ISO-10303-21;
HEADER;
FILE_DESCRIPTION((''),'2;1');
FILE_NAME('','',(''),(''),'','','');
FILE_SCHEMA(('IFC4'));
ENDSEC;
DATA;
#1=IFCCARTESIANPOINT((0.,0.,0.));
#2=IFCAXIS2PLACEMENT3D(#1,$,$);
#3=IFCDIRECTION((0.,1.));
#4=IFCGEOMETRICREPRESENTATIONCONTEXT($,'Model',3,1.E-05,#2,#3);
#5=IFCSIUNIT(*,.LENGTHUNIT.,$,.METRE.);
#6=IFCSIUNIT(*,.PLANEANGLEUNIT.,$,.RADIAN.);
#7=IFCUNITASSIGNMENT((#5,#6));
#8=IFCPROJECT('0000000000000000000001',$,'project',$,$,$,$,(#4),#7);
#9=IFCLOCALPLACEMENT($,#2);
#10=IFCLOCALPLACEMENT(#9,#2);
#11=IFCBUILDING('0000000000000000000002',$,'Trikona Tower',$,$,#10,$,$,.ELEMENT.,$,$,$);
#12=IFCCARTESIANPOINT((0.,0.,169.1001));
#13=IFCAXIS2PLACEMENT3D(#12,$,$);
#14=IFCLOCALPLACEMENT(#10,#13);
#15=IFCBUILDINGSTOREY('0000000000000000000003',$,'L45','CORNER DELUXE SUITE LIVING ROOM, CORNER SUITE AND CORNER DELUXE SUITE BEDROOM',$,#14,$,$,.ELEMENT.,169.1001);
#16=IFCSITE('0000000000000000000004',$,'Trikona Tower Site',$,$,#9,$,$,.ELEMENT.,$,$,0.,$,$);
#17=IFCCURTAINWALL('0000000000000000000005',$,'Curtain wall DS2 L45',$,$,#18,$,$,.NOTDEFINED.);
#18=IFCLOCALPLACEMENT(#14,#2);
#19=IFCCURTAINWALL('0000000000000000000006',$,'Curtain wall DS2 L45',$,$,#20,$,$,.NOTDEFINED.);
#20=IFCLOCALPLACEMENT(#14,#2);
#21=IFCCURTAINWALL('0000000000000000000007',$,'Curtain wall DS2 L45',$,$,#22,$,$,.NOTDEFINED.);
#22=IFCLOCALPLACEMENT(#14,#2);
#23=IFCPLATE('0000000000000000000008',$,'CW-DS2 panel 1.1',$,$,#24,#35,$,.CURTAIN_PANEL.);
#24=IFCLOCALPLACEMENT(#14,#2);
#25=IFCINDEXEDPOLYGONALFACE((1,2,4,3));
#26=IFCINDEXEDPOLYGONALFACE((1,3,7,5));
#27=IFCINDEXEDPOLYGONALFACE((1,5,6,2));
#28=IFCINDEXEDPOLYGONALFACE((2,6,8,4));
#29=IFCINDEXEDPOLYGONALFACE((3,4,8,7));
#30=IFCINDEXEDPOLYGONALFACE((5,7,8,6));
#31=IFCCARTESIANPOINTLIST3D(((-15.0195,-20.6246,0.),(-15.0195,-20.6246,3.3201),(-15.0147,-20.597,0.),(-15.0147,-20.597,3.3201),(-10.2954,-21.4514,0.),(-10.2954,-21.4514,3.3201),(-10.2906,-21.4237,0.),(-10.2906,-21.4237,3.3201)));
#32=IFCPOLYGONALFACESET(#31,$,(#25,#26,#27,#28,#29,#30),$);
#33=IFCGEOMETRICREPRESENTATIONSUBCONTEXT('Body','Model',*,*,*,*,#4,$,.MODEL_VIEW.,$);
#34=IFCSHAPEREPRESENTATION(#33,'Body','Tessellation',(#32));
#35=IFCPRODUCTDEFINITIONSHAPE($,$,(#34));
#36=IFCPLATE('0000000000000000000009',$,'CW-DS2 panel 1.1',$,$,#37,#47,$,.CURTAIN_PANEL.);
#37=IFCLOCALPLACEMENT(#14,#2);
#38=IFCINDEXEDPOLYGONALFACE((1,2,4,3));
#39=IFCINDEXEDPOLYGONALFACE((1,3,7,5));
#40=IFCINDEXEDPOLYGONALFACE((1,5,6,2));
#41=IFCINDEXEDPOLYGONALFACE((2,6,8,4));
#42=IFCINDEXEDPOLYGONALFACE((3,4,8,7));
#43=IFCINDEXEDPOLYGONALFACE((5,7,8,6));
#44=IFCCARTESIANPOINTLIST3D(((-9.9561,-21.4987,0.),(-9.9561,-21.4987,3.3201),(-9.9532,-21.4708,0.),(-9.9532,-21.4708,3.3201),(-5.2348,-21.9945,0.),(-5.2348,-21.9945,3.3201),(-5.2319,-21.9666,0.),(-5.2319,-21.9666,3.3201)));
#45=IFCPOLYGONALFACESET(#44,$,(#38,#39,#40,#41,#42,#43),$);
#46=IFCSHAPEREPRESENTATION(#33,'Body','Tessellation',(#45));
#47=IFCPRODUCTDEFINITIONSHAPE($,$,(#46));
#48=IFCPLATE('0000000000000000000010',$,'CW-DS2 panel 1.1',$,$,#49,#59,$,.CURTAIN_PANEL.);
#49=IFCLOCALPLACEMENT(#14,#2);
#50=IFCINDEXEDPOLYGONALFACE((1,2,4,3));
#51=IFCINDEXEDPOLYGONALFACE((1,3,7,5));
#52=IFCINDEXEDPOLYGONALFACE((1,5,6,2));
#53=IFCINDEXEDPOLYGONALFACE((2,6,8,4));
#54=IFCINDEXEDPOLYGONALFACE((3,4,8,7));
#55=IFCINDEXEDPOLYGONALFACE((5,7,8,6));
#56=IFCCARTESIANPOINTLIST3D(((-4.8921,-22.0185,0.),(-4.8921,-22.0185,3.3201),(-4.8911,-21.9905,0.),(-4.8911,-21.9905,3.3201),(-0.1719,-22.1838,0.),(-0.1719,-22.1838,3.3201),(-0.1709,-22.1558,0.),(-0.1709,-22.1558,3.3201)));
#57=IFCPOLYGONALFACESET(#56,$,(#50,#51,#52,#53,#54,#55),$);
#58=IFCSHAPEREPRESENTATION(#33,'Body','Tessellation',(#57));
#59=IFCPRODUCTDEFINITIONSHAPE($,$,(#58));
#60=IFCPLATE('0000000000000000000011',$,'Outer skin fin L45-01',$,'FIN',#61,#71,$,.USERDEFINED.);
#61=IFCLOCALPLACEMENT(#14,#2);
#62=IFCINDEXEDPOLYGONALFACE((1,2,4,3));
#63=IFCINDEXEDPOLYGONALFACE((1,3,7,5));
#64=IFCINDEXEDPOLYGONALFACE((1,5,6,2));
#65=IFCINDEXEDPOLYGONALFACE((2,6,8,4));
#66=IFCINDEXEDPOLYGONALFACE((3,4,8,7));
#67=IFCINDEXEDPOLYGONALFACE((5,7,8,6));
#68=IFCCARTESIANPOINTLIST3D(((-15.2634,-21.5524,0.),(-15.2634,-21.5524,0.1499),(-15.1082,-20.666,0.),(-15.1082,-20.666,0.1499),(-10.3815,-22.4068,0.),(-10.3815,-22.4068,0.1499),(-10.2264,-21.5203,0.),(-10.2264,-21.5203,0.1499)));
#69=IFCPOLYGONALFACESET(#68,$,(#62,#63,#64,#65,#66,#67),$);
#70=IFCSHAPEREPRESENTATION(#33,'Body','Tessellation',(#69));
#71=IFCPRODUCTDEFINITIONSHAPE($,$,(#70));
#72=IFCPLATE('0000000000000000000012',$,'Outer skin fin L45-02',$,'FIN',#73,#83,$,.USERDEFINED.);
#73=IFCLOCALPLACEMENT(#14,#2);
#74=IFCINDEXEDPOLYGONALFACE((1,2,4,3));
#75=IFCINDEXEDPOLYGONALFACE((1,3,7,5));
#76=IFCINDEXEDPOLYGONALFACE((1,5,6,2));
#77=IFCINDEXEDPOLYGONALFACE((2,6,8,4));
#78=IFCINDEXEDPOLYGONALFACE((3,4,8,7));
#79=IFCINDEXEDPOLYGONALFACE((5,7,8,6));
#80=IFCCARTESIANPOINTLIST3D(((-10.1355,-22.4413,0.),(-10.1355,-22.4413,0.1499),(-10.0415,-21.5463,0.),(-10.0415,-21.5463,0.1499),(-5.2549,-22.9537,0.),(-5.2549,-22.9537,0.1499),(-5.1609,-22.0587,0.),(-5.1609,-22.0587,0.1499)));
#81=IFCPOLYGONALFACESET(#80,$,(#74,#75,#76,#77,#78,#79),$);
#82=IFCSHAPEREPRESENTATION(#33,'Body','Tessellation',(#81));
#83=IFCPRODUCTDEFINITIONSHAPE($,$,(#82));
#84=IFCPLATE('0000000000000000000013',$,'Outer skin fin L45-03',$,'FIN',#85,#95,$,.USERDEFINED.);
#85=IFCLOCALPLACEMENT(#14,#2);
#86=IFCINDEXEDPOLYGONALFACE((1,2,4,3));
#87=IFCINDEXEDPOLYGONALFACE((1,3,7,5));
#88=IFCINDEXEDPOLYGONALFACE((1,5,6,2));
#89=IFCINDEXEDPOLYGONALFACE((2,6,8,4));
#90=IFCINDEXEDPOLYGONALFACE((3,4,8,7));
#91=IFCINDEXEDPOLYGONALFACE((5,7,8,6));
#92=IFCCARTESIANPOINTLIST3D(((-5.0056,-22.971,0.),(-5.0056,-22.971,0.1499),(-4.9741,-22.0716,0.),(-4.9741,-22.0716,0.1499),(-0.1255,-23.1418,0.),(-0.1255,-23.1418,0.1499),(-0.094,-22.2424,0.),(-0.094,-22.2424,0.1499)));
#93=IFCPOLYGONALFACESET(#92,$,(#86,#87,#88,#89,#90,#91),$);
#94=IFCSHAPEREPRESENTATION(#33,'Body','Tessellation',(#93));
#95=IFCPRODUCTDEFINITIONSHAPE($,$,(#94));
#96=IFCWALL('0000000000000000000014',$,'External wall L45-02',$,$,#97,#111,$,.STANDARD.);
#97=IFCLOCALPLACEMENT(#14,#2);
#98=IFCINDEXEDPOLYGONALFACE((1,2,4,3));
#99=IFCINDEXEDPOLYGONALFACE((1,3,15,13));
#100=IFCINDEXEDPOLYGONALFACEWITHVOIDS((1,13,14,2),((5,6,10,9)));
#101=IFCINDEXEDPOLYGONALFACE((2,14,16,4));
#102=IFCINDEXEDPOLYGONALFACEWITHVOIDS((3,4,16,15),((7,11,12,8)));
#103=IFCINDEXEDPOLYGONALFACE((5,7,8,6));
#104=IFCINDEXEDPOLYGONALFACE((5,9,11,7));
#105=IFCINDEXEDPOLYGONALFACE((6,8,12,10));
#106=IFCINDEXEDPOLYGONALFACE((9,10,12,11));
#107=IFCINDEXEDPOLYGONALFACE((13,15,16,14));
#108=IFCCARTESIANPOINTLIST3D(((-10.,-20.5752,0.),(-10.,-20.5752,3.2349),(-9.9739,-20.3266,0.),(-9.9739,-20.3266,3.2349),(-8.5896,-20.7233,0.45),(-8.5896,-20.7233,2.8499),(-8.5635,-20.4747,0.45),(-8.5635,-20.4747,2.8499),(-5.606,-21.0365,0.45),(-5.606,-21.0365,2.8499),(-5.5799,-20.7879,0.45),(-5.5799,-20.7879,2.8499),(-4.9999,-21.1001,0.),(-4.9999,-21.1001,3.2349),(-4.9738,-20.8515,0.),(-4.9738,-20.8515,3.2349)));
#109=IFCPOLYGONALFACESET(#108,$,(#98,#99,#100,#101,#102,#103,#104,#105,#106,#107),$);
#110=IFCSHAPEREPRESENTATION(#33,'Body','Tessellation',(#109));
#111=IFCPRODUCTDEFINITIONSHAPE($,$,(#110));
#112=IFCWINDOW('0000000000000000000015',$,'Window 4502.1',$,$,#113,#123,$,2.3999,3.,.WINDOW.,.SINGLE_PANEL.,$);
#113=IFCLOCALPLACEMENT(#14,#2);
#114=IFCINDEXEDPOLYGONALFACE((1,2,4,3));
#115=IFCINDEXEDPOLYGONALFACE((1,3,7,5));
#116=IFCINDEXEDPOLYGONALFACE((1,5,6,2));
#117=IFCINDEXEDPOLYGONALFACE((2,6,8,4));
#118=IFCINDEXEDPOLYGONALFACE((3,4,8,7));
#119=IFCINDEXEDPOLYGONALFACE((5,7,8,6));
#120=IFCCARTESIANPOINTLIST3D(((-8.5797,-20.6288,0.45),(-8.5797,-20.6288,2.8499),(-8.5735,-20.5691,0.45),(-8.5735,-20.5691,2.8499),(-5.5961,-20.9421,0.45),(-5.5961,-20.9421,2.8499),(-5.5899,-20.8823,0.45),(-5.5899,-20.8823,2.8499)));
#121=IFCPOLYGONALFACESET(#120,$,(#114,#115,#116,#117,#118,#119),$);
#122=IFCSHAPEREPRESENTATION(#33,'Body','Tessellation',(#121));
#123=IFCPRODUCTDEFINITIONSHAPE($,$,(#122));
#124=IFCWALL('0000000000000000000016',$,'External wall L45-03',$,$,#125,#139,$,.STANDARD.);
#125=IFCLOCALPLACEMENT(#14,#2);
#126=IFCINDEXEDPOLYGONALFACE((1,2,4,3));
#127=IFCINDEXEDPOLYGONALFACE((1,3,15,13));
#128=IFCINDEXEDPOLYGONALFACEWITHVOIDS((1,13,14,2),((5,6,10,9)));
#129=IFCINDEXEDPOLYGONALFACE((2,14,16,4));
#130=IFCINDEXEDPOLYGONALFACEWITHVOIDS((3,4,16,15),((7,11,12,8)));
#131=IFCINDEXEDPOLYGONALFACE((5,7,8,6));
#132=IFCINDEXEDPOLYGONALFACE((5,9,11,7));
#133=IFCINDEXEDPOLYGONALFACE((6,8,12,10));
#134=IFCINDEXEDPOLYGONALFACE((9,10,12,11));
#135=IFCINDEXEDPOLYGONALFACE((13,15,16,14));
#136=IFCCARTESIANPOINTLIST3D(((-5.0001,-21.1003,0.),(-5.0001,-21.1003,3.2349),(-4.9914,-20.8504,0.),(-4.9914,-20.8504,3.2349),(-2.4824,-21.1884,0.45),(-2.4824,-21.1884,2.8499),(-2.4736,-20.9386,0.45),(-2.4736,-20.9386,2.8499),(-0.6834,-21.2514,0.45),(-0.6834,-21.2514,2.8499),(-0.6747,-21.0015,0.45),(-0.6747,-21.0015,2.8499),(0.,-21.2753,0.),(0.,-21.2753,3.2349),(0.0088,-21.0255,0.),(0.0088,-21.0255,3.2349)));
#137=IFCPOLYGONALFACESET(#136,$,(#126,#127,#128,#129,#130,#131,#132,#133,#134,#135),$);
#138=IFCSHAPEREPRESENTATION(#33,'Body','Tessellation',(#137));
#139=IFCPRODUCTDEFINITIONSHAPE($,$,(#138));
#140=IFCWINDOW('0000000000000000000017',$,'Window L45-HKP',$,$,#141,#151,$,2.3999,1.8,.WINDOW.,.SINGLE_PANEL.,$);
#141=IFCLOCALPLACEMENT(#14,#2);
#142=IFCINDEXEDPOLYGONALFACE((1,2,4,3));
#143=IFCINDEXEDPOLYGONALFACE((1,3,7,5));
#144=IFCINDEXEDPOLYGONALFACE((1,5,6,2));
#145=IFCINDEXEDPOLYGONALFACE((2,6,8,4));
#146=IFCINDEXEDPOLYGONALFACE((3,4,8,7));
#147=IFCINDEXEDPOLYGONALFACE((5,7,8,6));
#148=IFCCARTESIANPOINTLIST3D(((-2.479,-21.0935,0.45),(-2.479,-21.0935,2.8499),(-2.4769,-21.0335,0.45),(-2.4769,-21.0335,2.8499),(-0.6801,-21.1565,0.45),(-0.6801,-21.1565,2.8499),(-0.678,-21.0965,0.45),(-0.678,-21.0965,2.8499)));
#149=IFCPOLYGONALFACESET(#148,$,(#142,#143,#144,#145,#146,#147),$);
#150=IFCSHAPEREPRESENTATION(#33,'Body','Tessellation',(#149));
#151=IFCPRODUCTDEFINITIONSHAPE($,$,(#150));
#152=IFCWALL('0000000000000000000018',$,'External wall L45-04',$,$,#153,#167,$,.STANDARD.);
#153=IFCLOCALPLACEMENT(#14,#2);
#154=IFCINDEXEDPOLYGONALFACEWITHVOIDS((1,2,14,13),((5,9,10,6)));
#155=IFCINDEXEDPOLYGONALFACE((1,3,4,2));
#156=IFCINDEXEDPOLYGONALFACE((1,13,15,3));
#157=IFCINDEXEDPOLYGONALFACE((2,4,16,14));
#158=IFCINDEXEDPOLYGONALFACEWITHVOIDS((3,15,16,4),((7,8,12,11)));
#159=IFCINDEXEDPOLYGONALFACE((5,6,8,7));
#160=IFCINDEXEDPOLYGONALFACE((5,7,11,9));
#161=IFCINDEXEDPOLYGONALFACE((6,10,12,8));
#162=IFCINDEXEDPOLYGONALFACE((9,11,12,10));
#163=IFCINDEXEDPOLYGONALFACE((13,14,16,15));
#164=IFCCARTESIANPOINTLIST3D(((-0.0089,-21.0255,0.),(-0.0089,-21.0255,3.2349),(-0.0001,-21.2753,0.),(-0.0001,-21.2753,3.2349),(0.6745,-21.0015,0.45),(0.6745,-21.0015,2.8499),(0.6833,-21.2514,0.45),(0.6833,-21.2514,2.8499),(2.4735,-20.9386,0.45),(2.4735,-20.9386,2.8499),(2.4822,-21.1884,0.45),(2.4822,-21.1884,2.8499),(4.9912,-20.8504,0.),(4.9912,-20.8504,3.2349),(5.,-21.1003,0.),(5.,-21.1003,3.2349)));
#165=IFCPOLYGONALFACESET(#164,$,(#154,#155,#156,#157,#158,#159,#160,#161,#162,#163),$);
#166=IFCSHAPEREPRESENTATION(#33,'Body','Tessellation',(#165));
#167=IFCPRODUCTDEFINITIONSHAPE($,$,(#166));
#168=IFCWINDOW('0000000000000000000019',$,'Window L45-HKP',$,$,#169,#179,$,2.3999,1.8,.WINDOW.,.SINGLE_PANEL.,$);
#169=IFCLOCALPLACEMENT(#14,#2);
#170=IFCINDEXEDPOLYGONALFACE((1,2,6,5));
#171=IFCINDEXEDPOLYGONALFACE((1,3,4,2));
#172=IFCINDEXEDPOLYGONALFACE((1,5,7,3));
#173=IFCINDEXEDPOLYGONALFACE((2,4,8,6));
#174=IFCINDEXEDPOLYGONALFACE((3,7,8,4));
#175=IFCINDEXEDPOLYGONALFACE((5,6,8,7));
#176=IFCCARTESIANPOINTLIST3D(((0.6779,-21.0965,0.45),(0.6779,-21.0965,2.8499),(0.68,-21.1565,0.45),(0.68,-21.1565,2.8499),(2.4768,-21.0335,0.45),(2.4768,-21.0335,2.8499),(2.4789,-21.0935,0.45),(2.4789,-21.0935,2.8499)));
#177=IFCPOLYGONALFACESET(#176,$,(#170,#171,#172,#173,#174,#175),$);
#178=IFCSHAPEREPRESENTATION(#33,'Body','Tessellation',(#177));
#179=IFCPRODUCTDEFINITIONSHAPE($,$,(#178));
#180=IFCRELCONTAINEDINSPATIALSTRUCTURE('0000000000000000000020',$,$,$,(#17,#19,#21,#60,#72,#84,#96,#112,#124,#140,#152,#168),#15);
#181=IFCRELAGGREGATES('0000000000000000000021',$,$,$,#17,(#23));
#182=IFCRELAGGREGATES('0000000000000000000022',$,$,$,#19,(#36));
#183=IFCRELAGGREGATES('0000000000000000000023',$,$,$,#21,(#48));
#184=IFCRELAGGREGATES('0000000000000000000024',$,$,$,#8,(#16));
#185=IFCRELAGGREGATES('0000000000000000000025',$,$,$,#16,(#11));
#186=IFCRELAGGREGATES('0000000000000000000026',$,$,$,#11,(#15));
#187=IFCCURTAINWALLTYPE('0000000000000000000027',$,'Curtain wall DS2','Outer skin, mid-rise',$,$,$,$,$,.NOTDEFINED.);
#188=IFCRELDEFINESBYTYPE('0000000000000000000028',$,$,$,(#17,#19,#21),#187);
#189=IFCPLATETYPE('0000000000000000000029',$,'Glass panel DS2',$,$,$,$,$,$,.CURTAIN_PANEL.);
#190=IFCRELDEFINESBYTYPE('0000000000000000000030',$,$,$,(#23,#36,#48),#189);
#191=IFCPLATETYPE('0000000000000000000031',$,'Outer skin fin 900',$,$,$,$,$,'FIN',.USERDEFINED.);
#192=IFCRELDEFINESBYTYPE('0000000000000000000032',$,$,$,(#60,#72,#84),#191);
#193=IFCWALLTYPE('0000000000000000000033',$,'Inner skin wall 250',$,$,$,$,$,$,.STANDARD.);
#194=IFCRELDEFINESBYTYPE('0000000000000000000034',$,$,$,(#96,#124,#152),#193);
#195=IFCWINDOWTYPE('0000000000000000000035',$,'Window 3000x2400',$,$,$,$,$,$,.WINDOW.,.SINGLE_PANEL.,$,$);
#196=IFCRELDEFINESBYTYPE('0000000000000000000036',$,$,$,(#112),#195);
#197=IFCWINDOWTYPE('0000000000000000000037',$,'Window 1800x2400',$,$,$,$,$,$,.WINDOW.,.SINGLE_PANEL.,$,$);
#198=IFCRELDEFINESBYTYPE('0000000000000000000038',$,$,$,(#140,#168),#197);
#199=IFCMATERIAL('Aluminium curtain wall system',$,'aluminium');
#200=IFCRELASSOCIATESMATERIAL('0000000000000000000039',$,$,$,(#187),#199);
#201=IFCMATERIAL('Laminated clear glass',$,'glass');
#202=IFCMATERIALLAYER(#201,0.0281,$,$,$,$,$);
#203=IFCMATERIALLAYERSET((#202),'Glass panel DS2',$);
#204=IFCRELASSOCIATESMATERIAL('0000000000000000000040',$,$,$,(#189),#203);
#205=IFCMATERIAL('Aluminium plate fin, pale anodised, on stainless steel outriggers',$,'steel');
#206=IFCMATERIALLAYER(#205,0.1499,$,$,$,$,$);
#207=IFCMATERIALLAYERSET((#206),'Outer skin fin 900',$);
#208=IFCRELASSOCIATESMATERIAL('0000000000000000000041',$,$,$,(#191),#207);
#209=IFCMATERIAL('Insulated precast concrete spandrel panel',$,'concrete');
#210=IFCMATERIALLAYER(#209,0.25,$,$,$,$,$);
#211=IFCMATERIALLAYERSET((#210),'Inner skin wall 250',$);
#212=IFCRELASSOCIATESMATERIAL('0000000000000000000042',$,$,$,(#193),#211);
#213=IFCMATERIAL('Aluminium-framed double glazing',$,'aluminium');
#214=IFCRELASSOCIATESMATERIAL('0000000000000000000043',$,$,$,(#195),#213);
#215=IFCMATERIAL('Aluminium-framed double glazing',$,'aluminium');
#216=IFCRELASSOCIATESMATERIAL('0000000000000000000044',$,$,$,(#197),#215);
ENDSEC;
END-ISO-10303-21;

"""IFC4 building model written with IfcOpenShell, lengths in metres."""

from ifc_helpers import new_model, si_unit, direction, frame, frame_2d, origin, origin_2d, place, context, subcontext, project, spatial, rectangle, extrude, material, layer, layer_set, type_object, element, fill, aggregate, save


model = new_model("IFC4")

# Units and contexts
model_context = context("Model", 3, precision=1e-05, world=origin(), true_north=direction((0.0, 1.0)))
body_context = subcontext(model_context, "Body", "Model", "MODEL_VIEW")
ifc_project = project(units=[si_unit("LENGTHUNIT", "METRE"), si_unit("PLANEANGLEUNIT", "RADIAN")], contexts=[model_context])

# Site, building, storey
site_placement = place(None, origin())
site = spatial("IfcSite", under=ifc_project, at=site_placement, Name="Trikona Tower Site", CompositionType="ELEMENT", RefElevation=0.0)
building_placement = place(site_placement, origin())
building = spatial("IfcBuilding", under=site, at=building_placement, Name="Trikona Tower", CompositionType="ELEMENT")
storey_placement = place(building_placement, frame((0.0, 0.0, 169.1001)))
storey = spatial("IfcBuildingStorey", under=building, at=storey_placement, Name="L45", Description="CORNER DELUXE SUITE LIVING ROOM, CORNER SUITE AND CORNER DELUXE SUITE BEDROOM", CompositionType="ELEMENT", Elevation=169.1001)

# Curtain wall
ifc_material_1 = material(Name="Aluminium curtain wall system", Category="aluminium")
curtain_wall_type = type_object("IfcCurtainWallType", Name="Curtain wall DS2", Description="Outer skin, mid-rise", PredefinedType="NOTDEFINED", material=ifc_material_1)
curtain_wall_1_placement = place(storey_placement, origin())
curtain_wall_1 = element("IfcCurtainWall", 1, at=curtain_wall_1_placement, inside=storey, type_object=curtain_wall_type, Name="Curtain wall DS2 L45", PredefinedType="NOTDEFINED")

# Curtain walls
curtain_wall_2_placement = place(storey_placement, origin())
curtain_wall_2 = element("IfcCurtainWall", 2, at=curtain_wall_2_placement, inside=storey, type_object=curtain_wall_type, Name="Curtain wall DS2 L45", PredefinedType="NOTDEFINED")
curtain_wall_3_placement = place(storey_placement, origin())
curtain_wall_3 = element("IfcCurtainWall", 3, at=curtain_wall_3_placement, inside=storey, type_object=curtain_wall_type, Name="Curtain wall DS2 L45", PredefinedType="NOTDEFINED")

# Plates
ifc_material_2 = material(Name="Laminated clear glass", Category="glass")
ifc_layer_1 = layer(ifc_material_2, 0.0281)
ifc_layer_set_1 = layer_set([ifc_layer_1], Name="Glass panel DS2")
plate_type_1 = type_object("IfcPlateType", Name="Glass panel DS2", PredefinedType="CURTAIN_PANEL", material=ifc_layer_set_1)
plate_1_placement = place(storey_placement, frame((-12.655, -21.0242, 0.0), z_axis=(0.0, 0.0, 1.0), x_axis=(0.985031, -0.172377, 0.0)))
plate_1 = element("IfcPlate", 4, at=plate_1_placement, type_object=plate_type_1, Name="CW-DS2 panel 1.1", PredefinedType="CURTAIN_PANEL", context=body_context, shape_type="SweptSolid", body=[
    extrude(rectangle(XDim=4.7959, YDim=0.0281, at=origin_2d()), origin(), (0.0, 0.0, 1.0), 3.3201),
])
aggregate(curtain_wall_1, [plate_1])
plate_2_placement = place(storey_placement, frame((-7.594, -21.7327, 0.0), z_axis=(0.0, 0.0, 1.0), x_axis=(0.994532, -0.104433, 0.0)))
plate_2 = element("IfcPlate", 5, at=plate_2_placement, type_object=plate_type_1, Name="CW-DS2 panel 1.1", PredefinedType="CURTAIN_PANEL", context=body_context, shape_type="SweptSolid", body=[
    extrude(rectangle(XDim=4.7473, YDim=0.0281, at=origin_2d()), origin(), (0.0, 0.0, 1.0), 3.3201),
])
aggregate(curtain_wall_2, [plate_2])
plate_3_placement = place(storey_placement, frame((-2.5315, -22.0872, 0.0), z_axis=(0.0, 0.0, 1.0), x_axis=(0.999387, -0.034998, 0.0)))
plate_3 = element("IfcPlate", 6, at=plate_3_placement, type_object=plate_type_1, Name="CW-DS2 panel 1.1", PredefinedType="CURTAIN_PANEL", context=body_context, shape_type="SweptSolid", body=[
    extrude(rectangle(XDim=4.7231, YDim=0.0281, at=origin_2d()), origin(), (0.0, 0.0, 1.0), 3.3201),
])
aggregate(curtain_wall_3, [plate_3])

# Plates
ifc_material_3 = material(Name="Aluminium plate fin, pale anodised, on stainless steel outriggers", Category="steel")
ifc_layer_2 = layer(ifc_material_3, 0.1499)
ifc_layer_set_2 = layer_set([ifc_layer_2], Name="Outer skin fin 900")
plate_type_2 = type_object("IfcPlateType", Name="Outer skin fin 900", ElementType="FIN", PredefinedType="USERDEFINED", material=ifc_layer_set_2)
plate_4_placement = place(storey_placement, frame((-12.7449, -21.5364, 0.0), z_axis=(0.0, 0.0, 1.0), x_axis=(0.985031, -0.17238, 0.0)))
element("IfcPlate", 7, at=plate_4_placement, inside=storey, type_object=plate_type_2, Name="Outer skin fin L45-01", ObjectType="FIN", PredefinedType="USERDEFINED", context=body_context, shape_type="SweptSolid", body=[
    extrude(rectangle(XDim=4.9561, YDim=0.8999, at=origin_2d()), origin(), (0.0, 0.0, 1.0), 0.1499),
])
plate_5_placement = place(storey_placement, frame((-7.6482, -22.25, 0.0), z_axis=(0.0, 0.0, 1.0), x_axis=(0.994533, -0.104426, 0.0)))
element("IfcPlate", 8, at=plate_5_placement, inside=storey, type_object=plate_type_2, Name="Outer skin fin L45-02", ObjectType="FIN", PredefinedType="USERDEFINED", context=body_context, shape_type="SweptSolid", body=[
    extrude(rectangle(XDim=4.9075, YDim=0.8999, at=origin_2d()), origin(), (0.0, 0.0, 1.0), 0.1499),
])
plate_6_placement = place(storey_placement, frame((-2.5498, -22.6067, 0.0), z_axis=(0.0, 0.0, 1.0), x_axis=(0.999388, -0.034978, 0.0)))
element("IfcPlate", 9, at=plate_6_placement, inside=storey, type_object=plate_type_2, Name="Outer skin fin L45-03", ObjectType="FIN", PredefinedType="USERDEFINED", context=body_context, shape_type="SweptSolid", body=[
    extrude(rectangle(XDim=4.8831, YDim=0.8999, at=origin_2d()), origin(), (0.0, 0.0, 1.0), 0.1499),
])

# Walls, openings, windows
ifc_material_4 = material(Name="Insulated precast concrete spandrel panel", Category="concrete")
ifc_layer_3 = layer(ifc_material_4, 0.25)
ifc_layer_set_3 = layer_set([ifc_layer_3], Name="Inner skin wall 250")
wall_type = type_object("IfcWallType", Name="Inner skin wall 250", PredefinedType="STANDARD", material=ifc_layer_set_3)
wall_1_placement = place(storey_placement, frame((-9.9868, -20.4509, 0.0), z_axis=(0.0, 0.0, 1.0), x_axis=(0.994535, -0.104407, 0.0)))
wall_1 = element("IfcWall", 10, at=wall_1_placement, inside=storey, type_object=wall_type, Name="External wall L45-02", PredefinedType="STANDARD", context=body_context, shape_type="SweptSolid", body=[
    extrude(rectangle(XDim=5.0276, YDim=0.25, at=frame_2d((2.5137, 0.0))), origin(), (0.0, 0.0, 1.0), 3.2349),
])
opening_1_placement = place(wall_1_placement, frame((1.418, 0.0, 0.45)))
opening_1 = element("IfcOpeningElement", 11, at=opening_1_placement, cuts=wall_1, PredefinedType="OPENING", context=body_context, shape_type="SweptSolid", body=[
    extrude(rectangle(XDim=3.0, YDim=2.3999, at=frame_2d((1.5, 1.2))), frame((0.0, 0.135, 0.0), z_axis=(0.0, -1.0, 0.0), x_axis=(1.0, 0.0, 0.0)), (0.0, 0.0, 1.0), 0.27),
])
ifc_material_5 = material(Name="Aluminium-framed double glazing", Category="aluminium")
window_type_1 = type_object("IfcWindowType", Name="Window 3000x2400", PartitioningType="SINGLE_PANEL", PredefinedType="WINDOW", material=ifc_material_5)
window_1_placement = place(opening_1_placement, origin())
window_1 = element("IfcWindow", 12, at=window_1_placement, inside=storey, type_object=window_type_1, Name="Window 4502.1", OverallHeight=2.3999, OverallWidth=3.0, PartitioningType="SINGLE_PANEL", PredefinedType="WINDOW", context=body_context, shape_type="SweptSolid", body=[
    extrude(rectangle(XDim=3.0, YDim=2.3999, at=frame_2d((1.5, 1.2))), frame((0.0, 0.03, 0.0), z_axis=(0.0, -1.0, 0.0), x_axis=(1.0, 0.0, 0.0)), (0.0, 0.0, 1.0), 0.0601),
])
fill(opening_1, window_1)
wall_2_placement = place(storey_placement, frame((-4.9956, -20.9753, 0.0), z_axis=(0.0, 0.0, 1.0), x_axis=(0.999388, -0.034988, 0.0)))
wall_2 = element("IfcWall", 13, at=wall_2_placement, inside=storey, type_object=wall_type, Name="External wall L45-03", PredefinedType="STANDARD", context=body_context, shape_type="SweptSolid", body=[
    extrude(rectangle(XDim=5.0032, YDim=0.25, at=frame_2d((2.5015, 0.0))), origin(), (0.0, 0.0, 1.0), 3.2349),
])
opening_2_placement = place(wall_2_placement, frame((2.5193, 0.0, 0.45)))
opening_2 = element("IfcOpeningElement", 14, at=opening_2_placement, cuts=wall_2, PredefinedType="OPENING", context=body_context, shape_type="SweptSolid", body=[
    extrude(rectangle(XDim=1.8, YDim=2.3999, at=frame_2d((0.8999, 1.2))), frame((0.0, 0.135, 0.0), z_axis=(0.0, -1.0, 0.0), x_axis=(1.0, 0.0, 0.0)), (0.0, 0.0, 1.0), 0.27),
])
ifc_material_6 = material(Name="Aluminium-framed double glazing", Category="aluminium")
window_type_2 = type_object("IfcWindowType", Name="Window 1800x2400", PartitioningType="SINGLE_PANEL", PredefinedType="WINDOW", material=ifc_material_6)
window_2_placement = place(opening_2_placement, origin())
window_2 = element("IfcWindow", 15, at=window_2_placement, inside=storey, type_object=window_type_2, Name="Window L45-HKP", OverallHeight=2.3999, OverallWidth=1.8, PartitioningType="SINGLE_PANEL", PredefinedType="WINDOW", context=body_context, shape_type="SweptSolid", body=[
    extrude(rectangle(XDim=1.8, YDim=2.3999, at=frame_2d((0.8999, 1.2))), frame((0.0, 0.03, 0.0), z_axis=(0.0, -1.0, 0.0), x_axis=(1.0, 0.0, 0.0)), (0.0, 0.0, 1.0), 0.0601),
])
fill(opening_2, window_2)
wall_3_placement = place(storey_placement, frame((-0.0044, -21.1504, 0.0), z_axis=(0.0, 0.0, 1.0), x_axis=(0.999388, 0.034988, 0.0)))
wall_3 = element("IfcWall", 16, at=wall_3_placement, inside=storey, type_object=wall_type, Name="External wall L45-04", PredefinedType="STANDARD", context=body_context, shape_type="SweptSolid", body=[
    extrude(rectangle(XDim=5.0032, YDim=0.25, at=frame_2d((2.5015, 0.0))), origin(), (0.0, 0.0, 1.0), 3.2349),
])
opening_3_placement = place(wall_3_placement, frame((0.6838, 0.0, 0.45)))
opening_3 = element("IfcOpeningElement", 17, at=opening_3_placement, cuts=wall_3, PredefinedType="OPENING", context=body_context, shape_type="SweptSolid", body=[
    extrude(rectangle(XDim=1.8, YDim=2.3999, at=frame_2d((0.8999, 1.2))), frame((0.0, 0.135, 0.0), z_axis=(0.0, -1.0, 0.0), x_axis=(1.0, 0.0, 0.0)), (0.0, 0.0, 1.0), 0.27),
])
window_3_placement = place(opening_3_placement, origin())
window_3 = element("IfcWindow", 18, at=window_3_placement, inside=storey, type_object=window_type_2, Name="Window L45-HKP", OverallHeight=2.3999, OverallWidth=1.8, PartitioningType="SINGLE_PANEL", PredefinedType="WINDOW", context=body_context, shape_type="SweptSolid", body=[
    extrude(rectangle(XDim=1.8, YDim=2.3999, at=frame_2d((0.8999, 1.2))), frame((0.0, 0.03, 0.0), z_axis=(0.0, -1.0, 0.0), x_axis=(1.0, 0.0, 0.0)), (0.0, 0.0, 1.0), 0.0601),
])
fill(opening_3, window_3)

save(model, "model.ifc")
